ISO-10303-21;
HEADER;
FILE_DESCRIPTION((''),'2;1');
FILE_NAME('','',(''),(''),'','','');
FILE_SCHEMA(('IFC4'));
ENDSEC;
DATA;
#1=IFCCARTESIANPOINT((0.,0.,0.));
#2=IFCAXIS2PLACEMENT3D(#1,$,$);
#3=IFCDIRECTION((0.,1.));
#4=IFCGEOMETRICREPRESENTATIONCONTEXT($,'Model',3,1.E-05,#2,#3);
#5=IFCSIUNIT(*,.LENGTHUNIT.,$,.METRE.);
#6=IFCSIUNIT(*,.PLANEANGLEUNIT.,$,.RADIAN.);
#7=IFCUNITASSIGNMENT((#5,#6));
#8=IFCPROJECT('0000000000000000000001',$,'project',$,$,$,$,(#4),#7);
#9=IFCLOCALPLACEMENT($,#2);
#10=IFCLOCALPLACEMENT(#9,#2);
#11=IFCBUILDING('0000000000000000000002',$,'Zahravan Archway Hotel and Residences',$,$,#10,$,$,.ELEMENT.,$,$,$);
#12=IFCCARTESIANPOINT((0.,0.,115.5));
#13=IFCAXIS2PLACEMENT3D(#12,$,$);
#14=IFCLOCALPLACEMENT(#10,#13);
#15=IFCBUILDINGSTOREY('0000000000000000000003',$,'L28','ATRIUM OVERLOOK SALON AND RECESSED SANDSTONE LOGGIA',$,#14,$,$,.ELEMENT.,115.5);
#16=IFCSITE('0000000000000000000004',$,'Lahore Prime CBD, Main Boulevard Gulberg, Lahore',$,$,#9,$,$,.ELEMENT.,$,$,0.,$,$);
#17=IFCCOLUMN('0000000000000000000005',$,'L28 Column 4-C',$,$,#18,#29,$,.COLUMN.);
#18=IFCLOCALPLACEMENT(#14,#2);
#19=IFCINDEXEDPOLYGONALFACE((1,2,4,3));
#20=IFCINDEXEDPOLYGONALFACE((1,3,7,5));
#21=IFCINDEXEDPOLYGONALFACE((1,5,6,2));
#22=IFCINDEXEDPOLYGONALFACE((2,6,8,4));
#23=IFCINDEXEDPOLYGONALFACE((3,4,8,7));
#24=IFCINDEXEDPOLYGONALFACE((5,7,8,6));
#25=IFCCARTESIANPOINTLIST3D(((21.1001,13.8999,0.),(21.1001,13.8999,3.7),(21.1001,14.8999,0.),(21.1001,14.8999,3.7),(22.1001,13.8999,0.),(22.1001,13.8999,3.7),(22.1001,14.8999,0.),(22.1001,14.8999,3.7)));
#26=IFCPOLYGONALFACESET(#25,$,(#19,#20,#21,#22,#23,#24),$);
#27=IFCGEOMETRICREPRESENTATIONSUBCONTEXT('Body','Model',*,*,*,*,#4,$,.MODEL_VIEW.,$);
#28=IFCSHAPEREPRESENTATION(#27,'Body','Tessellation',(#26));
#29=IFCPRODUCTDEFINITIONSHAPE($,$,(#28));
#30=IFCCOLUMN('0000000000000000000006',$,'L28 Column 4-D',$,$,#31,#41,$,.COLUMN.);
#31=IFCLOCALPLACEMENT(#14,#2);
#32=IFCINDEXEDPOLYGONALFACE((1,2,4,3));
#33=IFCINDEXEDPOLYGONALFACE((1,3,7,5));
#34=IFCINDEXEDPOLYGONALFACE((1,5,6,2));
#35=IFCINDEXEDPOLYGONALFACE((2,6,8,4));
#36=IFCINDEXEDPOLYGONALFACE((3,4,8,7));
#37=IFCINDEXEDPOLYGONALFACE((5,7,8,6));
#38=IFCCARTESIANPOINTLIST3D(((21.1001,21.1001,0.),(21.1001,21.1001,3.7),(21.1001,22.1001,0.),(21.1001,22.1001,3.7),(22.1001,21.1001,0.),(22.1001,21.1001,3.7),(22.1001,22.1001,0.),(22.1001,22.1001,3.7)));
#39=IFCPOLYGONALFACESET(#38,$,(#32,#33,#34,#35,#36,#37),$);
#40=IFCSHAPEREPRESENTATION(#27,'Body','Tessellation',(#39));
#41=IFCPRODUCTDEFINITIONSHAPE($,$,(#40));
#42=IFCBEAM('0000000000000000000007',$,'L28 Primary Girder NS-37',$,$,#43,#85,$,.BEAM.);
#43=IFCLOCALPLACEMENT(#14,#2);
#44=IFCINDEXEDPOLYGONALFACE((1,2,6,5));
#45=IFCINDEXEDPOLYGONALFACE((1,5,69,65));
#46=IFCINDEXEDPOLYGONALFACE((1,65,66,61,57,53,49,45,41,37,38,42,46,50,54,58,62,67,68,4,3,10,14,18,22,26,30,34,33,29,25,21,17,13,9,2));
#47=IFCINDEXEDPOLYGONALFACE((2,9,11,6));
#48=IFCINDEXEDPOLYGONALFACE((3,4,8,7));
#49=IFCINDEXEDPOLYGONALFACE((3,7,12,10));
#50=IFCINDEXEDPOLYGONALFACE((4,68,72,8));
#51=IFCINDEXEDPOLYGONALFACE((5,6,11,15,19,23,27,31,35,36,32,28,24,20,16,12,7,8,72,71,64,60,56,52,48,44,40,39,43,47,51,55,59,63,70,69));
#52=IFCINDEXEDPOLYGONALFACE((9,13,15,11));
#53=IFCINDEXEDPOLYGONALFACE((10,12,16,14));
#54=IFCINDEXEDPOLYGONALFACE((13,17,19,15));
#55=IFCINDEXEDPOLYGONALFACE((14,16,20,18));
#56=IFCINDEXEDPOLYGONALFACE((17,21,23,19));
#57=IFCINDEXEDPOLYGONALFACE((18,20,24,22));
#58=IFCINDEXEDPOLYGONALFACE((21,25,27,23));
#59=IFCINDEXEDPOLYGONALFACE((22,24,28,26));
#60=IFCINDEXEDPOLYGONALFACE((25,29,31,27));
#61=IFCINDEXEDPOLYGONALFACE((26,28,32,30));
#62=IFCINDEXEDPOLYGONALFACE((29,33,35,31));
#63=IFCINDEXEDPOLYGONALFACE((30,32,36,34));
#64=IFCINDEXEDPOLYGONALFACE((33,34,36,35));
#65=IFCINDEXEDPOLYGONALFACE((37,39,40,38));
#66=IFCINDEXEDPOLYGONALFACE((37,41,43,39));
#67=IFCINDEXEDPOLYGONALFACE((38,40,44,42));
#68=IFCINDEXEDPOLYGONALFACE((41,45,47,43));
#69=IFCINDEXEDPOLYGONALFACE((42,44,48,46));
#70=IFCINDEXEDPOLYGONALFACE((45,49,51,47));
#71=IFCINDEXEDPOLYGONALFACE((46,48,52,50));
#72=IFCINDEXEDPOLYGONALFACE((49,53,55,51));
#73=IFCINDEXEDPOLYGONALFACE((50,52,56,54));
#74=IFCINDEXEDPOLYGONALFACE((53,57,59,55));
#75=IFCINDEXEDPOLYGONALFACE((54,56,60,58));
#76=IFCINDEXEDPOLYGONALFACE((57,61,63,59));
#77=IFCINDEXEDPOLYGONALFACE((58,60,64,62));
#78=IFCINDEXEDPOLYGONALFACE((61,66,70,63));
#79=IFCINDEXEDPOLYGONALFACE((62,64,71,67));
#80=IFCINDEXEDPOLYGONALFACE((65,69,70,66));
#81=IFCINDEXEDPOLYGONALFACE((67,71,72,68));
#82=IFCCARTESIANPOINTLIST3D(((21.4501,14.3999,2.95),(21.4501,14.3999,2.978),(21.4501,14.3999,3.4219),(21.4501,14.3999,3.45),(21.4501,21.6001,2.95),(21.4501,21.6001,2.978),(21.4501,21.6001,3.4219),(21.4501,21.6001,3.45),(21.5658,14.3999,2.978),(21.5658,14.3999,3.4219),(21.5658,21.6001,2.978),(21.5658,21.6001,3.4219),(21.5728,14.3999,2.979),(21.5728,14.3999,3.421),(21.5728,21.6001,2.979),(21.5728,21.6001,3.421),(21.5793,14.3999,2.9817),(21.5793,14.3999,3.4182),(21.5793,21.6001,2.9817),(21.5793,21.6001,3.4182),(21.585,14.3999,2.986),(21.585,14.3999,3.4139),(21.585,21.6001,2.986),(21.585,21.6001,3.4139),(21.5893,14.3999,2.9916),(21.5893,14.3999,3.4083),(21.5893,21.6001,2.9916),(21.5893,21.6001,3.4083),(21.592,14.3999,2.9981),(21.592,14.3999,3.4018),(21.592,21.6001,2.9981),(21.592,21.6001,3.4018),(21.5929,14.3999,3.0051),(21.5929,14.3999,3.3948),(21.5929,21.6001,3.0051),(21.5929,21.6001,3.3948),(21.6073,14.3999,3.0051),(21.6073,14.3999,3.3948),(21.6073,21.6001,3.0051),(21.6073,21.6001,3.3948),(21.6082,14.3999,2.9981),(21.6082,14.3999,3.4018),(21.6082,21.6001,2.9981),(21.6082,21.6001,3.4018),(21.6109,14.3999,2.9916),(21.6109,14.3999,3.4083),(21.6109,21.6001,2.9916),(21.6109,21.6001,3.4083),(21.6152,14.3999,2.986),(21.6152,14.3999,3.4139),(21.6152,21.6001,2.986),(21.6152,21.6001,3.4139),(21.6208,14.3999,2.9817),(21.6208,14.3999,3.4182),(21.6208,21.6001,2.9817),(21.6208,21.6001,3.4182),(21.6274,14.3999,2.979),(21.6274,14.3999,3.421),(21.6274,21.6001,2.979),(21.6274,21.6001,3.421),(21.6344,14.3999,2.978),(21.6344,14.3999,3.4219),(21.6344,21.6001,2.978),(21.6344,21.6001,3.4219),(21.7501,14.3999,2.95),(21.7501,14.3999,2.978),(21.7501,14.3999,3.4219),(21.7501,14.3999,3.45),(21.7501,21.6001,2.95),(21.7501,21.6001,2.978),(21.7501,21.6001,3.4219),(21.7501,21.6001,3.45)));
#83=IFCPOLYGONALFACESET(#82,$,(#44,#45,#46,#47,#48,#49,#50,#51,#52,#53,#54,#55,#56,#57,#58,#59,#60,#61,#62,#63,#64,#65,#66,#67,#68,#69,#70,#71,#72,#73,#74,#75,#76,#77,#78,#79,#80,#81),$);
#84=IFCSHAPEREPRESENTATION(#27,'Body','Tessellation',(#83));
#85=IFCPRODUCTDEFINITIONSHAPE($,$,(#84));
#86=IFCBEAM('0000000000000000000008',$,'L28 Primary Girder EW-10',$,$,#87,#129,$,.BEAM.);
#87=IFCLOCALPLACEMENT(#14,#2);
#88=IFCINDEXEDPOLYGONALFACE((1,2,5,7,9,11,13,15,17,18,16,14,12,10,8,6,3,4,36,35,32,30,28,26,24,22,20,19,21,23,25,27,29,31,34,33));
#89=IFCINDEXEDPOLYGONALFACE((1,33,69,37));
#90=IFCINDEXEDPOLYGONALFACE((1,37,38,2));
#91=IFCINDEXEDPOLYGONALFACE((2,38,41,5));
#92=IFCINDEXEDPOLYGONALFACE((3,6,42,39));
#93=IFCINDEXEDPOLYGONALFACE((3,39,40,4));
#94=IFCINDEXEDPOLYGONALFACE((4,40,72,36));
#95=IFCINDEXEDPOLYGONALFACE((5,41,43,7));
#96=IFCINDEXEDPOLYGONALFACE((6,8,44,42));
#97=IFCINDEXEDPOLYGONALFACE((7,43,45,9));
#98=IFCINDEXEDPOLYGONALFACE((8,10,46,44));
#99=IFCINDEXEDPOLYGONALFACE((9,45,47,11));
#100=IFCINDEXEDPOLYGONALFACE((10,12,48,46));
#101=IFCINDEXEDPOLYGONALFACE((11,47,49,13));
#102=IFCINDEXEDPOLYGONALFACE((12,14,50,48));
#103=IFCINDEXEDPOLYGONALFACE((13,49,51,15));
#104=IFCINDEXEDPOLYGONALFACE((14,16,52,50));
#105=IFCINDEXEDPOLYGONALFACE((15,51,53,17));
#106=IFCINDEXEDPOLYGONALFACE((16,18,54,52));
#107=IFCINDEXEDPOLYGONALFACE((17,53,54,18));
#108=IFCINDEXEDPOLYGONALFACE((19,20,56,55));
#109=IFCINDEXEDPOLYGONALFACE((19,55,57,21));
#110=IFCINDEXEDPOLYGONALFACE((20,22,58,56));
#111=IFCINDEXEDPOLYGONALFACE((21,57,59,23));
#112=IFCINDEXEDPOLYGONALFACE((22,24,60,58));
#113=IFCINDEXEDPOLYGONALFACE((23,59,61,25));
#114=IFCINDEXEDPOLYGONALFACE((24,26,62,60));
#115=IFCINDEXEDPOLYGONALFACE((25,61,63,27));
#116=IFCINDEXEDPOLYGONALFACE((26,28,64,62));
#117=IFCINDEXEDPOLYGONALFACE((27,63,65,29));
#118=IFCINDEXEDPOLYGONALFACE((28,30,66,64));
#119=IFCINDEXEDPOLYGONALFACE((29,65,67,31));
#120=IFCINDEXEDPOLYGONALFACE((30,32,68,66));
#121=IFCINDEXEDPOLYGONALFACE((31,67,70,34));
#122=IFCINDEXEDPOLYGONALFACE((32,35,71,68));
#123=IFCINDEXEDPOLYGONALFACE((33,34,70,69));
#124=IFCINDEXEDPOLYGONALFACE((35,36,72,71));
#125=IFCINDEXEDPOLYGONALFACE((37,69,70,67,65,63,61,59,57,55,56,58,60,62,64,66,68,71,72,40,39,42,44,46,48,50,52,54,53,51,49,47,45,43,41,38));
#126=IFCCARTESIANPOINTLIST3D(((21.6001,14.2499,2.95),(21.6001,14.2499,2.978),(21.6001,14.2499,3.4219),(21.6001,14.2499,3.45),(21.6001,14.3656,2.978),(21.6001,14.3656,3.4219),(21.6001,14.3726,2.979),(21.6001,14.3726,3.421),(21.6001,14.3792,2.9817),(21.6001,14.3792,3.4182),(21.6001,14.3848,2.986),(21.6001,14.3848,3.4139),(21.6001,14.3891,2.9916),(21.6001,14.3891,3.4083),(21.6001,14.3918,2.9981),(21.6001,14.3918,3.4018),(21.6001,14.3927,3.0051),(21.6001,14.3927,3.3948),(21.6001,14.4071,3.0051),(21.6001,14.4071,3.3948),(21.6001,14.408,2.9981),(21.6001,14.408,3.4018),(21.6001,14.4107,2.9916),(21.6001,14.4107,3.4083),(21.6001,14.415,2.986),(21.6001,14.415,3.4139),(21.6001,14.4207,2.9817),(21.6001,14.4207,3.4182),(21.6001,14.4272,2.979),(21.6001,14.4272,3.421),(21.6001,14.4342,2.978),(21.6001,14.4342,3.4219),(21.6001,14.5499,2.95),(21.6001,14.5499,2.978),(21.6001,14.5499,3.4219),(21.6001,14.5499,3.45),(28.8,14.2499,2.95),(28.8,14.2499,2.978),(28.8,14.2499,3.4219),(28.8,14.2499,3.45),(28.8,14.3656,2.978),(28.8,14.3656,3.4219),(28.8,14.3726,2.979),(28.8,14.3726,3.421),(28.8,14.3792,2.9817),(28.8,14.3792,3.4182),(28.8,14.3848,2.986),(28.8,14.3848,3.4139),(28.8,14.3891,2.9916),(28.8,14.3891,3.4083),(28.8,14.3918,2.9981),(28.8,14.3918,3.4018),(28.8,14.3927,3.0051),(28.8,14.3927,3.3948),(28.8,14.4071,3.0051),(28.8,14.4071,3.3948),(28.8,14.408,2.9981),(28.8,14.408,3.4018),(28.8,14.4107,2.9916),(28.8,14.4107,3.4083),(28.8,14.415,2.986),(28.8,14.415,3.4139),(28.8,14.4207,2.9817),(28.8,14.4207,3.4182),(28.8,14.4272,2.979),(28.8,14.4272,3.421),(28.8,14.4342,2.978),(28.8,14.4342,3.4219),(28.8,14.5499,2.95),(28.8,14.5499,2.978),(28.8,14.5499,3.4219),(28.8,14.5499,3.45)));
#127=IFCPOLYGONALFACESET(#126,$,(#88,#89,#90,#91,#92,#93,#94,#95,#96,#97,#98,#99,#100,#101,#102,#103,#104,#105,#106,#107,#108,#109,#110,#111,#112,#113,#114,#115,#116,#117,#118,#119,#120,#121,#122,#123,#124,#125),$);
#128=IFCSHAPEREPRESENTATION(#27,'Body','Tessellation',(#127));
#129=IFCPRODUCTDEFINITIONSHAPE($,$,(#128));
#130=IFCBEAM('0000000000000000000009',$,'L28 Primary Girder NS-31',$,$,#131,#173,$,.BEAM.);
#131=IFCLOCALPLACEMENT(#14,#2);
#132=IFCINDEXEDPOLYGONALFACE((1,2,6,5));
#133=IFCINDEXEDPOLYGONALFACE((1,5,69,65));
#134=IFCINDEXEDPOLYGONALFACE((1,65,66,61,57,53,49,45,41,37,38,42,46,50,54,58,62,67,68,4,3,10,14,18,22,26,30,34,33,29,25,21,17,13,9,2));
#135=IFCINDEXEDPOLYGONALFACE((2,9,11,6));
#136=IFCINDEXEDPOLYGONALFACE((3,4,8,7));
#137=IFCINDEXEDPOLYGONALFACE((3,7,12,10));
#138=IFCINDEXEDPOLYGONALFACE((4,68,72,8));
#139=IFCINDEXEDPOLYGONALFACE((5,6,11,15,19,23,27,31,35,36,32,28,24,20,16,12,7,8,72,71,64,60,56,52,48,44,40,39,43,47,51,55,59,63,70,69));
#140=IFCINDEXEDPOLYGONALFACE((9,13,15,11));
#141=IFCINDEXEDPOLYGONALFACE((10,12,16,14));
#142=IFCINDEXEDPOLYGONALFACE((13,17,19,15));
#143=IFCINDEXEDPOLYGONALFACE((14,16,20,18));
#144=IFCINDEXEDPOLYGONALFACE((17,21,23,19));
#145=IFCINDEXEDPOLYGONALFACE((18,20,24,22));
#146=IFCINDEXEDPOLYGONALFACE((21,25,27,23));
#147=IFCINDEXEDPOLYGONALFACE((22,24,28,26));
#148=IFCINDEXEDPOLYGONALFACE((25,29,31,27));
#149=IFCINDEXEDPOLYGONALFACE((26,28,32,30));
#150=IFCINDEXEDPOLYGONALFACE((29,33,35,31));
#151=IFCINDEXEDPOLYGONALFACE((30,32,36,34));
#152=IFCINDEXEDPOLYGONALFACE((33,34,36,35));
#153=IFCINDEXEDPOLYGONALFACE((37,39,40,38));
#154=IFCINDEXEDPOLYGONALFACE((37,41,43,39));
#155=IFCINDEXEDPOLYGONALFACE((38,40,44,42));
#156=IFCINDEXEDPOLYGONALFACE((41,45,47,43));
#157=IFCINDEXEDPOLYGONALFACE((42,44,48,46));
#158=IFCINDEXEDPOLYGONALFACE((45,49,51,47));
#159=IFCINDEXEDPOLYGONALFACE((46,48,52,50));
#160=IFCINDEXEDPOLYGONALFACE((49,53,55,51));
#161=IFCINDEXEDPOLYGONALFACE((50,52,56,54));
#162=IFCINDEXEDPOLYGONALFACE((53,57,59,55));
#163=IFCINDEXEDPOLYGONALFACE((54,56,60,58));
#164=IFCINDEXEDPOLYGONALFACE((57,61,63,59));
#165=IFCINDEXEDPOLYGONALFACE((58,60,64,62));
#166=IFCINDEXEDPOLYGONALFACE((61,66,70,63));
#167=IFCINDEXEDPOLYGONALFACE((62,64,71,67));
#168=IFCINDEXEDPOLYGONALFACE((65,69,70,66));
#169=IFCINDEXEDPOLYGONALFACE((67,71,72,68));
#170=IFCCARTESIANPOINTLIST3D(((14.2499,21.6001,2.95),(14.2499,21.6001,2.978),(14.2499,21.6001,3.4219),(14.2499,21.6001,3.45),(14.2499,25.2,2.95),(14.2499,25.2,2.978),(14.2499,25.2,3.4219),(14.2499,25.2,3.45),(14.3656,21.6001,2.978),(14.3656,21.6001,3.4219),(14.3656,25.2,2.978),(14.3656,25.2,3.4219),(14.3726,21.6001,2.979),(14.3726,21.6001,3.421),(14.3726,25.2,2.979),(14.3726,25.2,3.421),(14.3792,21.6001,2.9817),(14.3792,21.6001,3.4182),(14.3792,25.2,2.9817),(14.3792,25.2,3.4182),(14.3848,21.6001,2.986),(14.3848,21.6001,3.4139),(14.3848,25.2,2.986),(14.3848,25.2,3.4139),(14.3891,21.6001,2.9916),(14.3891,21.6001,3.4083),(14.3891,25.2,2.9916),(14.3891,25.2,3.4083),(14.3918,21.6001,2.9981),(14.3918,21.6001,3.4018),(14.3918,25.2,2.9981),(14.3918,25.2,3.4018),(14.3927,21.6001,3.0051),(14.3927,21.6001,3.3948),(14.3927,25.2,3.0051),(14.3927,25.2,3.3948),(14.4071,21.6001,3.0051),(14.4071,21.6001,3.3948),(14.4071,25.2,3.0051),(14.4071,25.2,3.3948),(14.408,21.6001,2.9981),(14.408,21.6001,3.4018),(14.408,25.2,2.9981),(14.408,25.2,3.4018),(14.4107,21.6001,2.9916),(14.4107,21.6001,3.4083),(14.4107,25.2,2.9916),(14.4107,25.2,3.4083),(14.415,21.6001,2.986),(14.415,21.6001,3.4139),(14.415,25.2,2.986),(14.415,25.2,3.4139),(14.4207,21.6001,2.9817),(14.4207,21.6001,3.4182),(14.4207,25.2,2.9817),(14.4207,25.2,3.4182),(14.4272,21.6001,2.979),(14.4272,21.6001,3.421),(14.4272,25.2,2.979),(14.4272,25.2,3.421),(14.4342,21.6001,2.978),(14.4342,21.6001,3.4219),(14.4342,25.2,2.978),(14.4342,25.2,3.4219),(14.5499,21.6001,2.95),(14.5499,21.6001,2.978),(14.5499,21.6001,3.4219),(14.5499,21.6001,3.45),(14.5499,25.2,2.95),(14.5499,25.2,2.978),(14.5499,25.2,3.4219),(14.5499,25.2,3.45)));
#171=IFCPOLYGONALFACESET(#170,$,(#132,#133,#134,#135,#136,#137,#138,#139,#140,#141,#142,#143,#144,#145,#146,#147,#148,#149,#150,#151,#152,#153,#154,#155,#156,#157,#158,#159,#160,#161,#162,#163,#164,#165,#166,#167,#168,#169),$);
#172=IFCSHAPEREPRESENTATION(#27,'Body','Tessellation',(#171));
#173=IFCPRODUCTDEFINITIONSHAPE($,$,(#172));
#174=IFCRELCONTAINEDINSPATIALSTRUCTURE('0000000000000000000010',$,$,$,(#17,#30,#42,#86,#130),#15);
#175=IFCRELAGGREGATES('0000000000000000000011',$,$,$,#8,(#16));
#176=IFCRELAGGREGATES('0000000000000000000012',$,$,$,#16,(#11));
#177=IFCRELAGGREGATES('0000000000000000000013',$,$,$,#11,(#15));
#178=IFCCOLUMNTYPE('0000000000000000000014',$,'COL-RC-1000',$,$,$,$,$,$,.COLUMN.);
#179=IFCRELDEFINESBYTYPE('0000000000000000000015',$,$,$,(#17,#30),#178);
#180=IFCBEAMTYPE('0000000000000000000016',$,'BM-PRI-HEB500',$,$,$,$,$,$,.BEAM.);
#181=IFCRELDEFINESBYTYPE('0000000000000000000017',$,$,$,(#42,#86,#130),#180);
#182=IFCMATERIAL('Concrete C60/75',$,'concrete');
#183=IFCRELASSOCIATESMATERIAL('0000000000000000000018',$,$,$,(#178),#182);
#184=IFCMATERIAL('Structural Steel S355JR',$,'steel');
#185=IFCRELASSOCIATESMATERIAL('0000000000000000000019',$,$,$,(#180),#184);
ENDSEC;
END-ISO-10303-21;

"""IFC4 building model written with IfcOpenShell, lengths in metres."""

from ifc_helpers import new_model, si_unit, direction, frame, origin, origin_2d, place, context, subcontext, project, spatial, rectangle, i_section, extrude, source, transform, mapped, material, material_profile, profile_set, type_object, type_shapes, element, save


model = new_model("IFC4")

# Units and contexts
model_context = context("Model", 3, precision=1e-05, world=origin(), true_north=direction((0.0, 1.0)))
body_context = subcontext(model_context, "Body", "Model", "MODEL_VIEW")
ifc_project = project(units=[si_unit("LENGTHUNIT", "METRE"), si_unit("PLANEANGLEUNIT", "RADIAN")], contexts=[model_context])

# Site, building, storey
site_placement = place(None, origin())
site = spatial("IfcSite", under=ifc_project, at=site_placement, Name="Lahore Prime CBD, Main Boulevard Gulberg, Lahore", CompositionType="ELEMENT", RefElevation=0.0)
building_placement = place(site_placement, origin())
building = spatial("IfcBuilding", under=site, at=building_placement, Name="Zahravan Archway Hotel and Residences", CompositionType="ELEMENT")
storey_placement = place(building_placement, frame((0.0, 0.0, 115.5)))
storey = spatial("IfcBuildingStorey", under=building, at=storey_placement, Name="L28", Description="ATRIUM OVERLOOK SALON AND RECESSED SANDSTONE LOGGIA", CompositionType="ELEMENT", Elevation=115.5)

# Columns
ifc_material_1 = material(Name="Concrete C60/75", Category="concrete")
ifc_material_profile_1 = material_profile(ifc_material_1, rectangle(XDim=1.0, YDim=1.0, at=origin_2d()), Name="RC-COL-1000x1000", Category="concrete")
ifc_profile_set_1 = profile_set([ifc_material_profile_1], Name="Concrete C60/75")
column_type = type_object("IfcColumnType", Name="COL-RC-1000", PredefinedType="COLUMN", material=ifc_profile_set_1)
shared_shape_1 = source(origin(), body_context, "Body", "SweptSolid", [
    extrude(rectangle(XDim=1.0, YDim=1.0, at=origin_2d()), origin(), (0.0, 0.0, 1.0), 3.7),
])
type_shapes(column_type, [shared_shape_1])
for number, where, z_axis, x_axis, name in (
    (1, (21.6001, 14.3999, 0.0), (0.0, 0.0, 1.0), (1.0, 0.0, 0.0), "L28 Column 4-C"),
    (2, (21.6001, 21.6001, 0.0), (0.0, 0.0, 1.0), (1.0, 0.0, 0.0), "L28 Column 4-D"),
):
    element("IfcColumn", number, at=place(storey_placement, frame(where, z_axis=z_axis, x_axis=x_axis)), inside=storey, type_object=column_type, Name=name, PredefinedType="COLUMN", context=body_context, shape_type="MappedRepresentation", body=[
        mapped(shared_shape_1, transform((0.0, 0.0, 0.0), scale=1.0)),
    ])

# Beams
ifc_material_2 = material(Name="Structural Steel S355JR", Category="steel")
ifc_material_profile_2 = material_profile(ifc_material_2, i_section(OverallWidth=0.3, OverallDepth=0.5, WebThickness=0.0144, FlangeThickness=0.0281, FilletRadius=0.0271, at=origin_2d()), Name="HEB 500", Category="steel")
ifc_profile_set_2 = profile_set([ifc_material_profile_2], Name="Structural Steel S355JR")
beam_type_1 = type_object("IfcBeamType", Name="BM-PRI-HEB500", PredefinedType="BEAM", material=ifc_profile_set_2)
shared_shape_2 = source(origin(), body_context, "Body", "SweptSolid", [
    extrude(i_section(OverallWidth=0.3, OverallDepth=0.5, WebThickness=0.0144, FlangeThickness=0.0281, FilletRadius=0.0271, at=origin_2d()), origin(), (0.0, 0.0, 1.0), 7.2002),
])
type_shapes(beam_type_1, [shared_shape_2])
beam_1_placement = place(storey_placement, frame((21.6001, 14.3999, 3.2), z_axis=(0.0, 1.0, 0.0), x_axis=(-1.0, 0.0, 0.0)))
element("IfcBeam", 3, at=beam_1_placement, inside=storey, type_object=beam_type_1, Name="L28 Primary Girder NS-37", PredefinedType="BEAM", context=body_context, shape_type="MappedRepresentation", body=[
    mapped(shared_shape_2, transform((0.0, 0.0, 0.0), scale=1.0)),
])
shared_shape_3 = source(origin(), body_context, "Body", "SweptSolid", [
    extrude(i_section(OverallWidth=0.3, OverallDepth=0.5, WebThickness=0.0144, FlangeThickness=0.0281, FilletRadius=0.0271, at=origin_2d()), origin(), (0.0, 0.0, 1.0), 7.2),
])
beam_2_placement = place(storey_placement, frame((21.6001, 14.3999, 3.2), z_axis=(1.0, 0.0, 0.0), x_axis=(0.0, 1.0, 0.0)))
element("IfcBeam", 4, at=beam_2_placement, inside=storey, type_object=beam_type_1, Name="L28 Primary Girder EW-10", PredefinedType="BEAM", context=body_context, shape_type="MappedRepresentation", body=[
    mapped(shared_shape_3, transform((0.0, 0.0, 0.0), scale=1.0)),
])
shared_shape_4 = source(origin(), body_context, "Body", "SweptSolid", [
    extrude(i_section(OverallWidth=0.3, OverallDepth=0.5, WebThickness=0.0144, FlangeThickness=0.0281, FilletRadius=0.0271, at=origin_2d()), origin(), (0.0, 0.0, 1.0), 3.5999),
])
beam_3_placement = place(storey_placement, frame((14.3999, 21.6001, 3.2), z_axis=(0.0, 1.0, 0.0), x_axis=(-1.0, 0.0, 0.0)))
element("IfcBeam", 5, at=beam_3_placement, inside=storey, type_object=beam_type_1, Name="L28 Primary Girder NS-31", PredefinedType="BEAM", context=body_context, shape_type="MappedRepresentation", body=[
    mapped(shared_shape_4, transform((0.0, 0.0, 0.0), scale=1.0)),
])

save(model, "model.ifc")
